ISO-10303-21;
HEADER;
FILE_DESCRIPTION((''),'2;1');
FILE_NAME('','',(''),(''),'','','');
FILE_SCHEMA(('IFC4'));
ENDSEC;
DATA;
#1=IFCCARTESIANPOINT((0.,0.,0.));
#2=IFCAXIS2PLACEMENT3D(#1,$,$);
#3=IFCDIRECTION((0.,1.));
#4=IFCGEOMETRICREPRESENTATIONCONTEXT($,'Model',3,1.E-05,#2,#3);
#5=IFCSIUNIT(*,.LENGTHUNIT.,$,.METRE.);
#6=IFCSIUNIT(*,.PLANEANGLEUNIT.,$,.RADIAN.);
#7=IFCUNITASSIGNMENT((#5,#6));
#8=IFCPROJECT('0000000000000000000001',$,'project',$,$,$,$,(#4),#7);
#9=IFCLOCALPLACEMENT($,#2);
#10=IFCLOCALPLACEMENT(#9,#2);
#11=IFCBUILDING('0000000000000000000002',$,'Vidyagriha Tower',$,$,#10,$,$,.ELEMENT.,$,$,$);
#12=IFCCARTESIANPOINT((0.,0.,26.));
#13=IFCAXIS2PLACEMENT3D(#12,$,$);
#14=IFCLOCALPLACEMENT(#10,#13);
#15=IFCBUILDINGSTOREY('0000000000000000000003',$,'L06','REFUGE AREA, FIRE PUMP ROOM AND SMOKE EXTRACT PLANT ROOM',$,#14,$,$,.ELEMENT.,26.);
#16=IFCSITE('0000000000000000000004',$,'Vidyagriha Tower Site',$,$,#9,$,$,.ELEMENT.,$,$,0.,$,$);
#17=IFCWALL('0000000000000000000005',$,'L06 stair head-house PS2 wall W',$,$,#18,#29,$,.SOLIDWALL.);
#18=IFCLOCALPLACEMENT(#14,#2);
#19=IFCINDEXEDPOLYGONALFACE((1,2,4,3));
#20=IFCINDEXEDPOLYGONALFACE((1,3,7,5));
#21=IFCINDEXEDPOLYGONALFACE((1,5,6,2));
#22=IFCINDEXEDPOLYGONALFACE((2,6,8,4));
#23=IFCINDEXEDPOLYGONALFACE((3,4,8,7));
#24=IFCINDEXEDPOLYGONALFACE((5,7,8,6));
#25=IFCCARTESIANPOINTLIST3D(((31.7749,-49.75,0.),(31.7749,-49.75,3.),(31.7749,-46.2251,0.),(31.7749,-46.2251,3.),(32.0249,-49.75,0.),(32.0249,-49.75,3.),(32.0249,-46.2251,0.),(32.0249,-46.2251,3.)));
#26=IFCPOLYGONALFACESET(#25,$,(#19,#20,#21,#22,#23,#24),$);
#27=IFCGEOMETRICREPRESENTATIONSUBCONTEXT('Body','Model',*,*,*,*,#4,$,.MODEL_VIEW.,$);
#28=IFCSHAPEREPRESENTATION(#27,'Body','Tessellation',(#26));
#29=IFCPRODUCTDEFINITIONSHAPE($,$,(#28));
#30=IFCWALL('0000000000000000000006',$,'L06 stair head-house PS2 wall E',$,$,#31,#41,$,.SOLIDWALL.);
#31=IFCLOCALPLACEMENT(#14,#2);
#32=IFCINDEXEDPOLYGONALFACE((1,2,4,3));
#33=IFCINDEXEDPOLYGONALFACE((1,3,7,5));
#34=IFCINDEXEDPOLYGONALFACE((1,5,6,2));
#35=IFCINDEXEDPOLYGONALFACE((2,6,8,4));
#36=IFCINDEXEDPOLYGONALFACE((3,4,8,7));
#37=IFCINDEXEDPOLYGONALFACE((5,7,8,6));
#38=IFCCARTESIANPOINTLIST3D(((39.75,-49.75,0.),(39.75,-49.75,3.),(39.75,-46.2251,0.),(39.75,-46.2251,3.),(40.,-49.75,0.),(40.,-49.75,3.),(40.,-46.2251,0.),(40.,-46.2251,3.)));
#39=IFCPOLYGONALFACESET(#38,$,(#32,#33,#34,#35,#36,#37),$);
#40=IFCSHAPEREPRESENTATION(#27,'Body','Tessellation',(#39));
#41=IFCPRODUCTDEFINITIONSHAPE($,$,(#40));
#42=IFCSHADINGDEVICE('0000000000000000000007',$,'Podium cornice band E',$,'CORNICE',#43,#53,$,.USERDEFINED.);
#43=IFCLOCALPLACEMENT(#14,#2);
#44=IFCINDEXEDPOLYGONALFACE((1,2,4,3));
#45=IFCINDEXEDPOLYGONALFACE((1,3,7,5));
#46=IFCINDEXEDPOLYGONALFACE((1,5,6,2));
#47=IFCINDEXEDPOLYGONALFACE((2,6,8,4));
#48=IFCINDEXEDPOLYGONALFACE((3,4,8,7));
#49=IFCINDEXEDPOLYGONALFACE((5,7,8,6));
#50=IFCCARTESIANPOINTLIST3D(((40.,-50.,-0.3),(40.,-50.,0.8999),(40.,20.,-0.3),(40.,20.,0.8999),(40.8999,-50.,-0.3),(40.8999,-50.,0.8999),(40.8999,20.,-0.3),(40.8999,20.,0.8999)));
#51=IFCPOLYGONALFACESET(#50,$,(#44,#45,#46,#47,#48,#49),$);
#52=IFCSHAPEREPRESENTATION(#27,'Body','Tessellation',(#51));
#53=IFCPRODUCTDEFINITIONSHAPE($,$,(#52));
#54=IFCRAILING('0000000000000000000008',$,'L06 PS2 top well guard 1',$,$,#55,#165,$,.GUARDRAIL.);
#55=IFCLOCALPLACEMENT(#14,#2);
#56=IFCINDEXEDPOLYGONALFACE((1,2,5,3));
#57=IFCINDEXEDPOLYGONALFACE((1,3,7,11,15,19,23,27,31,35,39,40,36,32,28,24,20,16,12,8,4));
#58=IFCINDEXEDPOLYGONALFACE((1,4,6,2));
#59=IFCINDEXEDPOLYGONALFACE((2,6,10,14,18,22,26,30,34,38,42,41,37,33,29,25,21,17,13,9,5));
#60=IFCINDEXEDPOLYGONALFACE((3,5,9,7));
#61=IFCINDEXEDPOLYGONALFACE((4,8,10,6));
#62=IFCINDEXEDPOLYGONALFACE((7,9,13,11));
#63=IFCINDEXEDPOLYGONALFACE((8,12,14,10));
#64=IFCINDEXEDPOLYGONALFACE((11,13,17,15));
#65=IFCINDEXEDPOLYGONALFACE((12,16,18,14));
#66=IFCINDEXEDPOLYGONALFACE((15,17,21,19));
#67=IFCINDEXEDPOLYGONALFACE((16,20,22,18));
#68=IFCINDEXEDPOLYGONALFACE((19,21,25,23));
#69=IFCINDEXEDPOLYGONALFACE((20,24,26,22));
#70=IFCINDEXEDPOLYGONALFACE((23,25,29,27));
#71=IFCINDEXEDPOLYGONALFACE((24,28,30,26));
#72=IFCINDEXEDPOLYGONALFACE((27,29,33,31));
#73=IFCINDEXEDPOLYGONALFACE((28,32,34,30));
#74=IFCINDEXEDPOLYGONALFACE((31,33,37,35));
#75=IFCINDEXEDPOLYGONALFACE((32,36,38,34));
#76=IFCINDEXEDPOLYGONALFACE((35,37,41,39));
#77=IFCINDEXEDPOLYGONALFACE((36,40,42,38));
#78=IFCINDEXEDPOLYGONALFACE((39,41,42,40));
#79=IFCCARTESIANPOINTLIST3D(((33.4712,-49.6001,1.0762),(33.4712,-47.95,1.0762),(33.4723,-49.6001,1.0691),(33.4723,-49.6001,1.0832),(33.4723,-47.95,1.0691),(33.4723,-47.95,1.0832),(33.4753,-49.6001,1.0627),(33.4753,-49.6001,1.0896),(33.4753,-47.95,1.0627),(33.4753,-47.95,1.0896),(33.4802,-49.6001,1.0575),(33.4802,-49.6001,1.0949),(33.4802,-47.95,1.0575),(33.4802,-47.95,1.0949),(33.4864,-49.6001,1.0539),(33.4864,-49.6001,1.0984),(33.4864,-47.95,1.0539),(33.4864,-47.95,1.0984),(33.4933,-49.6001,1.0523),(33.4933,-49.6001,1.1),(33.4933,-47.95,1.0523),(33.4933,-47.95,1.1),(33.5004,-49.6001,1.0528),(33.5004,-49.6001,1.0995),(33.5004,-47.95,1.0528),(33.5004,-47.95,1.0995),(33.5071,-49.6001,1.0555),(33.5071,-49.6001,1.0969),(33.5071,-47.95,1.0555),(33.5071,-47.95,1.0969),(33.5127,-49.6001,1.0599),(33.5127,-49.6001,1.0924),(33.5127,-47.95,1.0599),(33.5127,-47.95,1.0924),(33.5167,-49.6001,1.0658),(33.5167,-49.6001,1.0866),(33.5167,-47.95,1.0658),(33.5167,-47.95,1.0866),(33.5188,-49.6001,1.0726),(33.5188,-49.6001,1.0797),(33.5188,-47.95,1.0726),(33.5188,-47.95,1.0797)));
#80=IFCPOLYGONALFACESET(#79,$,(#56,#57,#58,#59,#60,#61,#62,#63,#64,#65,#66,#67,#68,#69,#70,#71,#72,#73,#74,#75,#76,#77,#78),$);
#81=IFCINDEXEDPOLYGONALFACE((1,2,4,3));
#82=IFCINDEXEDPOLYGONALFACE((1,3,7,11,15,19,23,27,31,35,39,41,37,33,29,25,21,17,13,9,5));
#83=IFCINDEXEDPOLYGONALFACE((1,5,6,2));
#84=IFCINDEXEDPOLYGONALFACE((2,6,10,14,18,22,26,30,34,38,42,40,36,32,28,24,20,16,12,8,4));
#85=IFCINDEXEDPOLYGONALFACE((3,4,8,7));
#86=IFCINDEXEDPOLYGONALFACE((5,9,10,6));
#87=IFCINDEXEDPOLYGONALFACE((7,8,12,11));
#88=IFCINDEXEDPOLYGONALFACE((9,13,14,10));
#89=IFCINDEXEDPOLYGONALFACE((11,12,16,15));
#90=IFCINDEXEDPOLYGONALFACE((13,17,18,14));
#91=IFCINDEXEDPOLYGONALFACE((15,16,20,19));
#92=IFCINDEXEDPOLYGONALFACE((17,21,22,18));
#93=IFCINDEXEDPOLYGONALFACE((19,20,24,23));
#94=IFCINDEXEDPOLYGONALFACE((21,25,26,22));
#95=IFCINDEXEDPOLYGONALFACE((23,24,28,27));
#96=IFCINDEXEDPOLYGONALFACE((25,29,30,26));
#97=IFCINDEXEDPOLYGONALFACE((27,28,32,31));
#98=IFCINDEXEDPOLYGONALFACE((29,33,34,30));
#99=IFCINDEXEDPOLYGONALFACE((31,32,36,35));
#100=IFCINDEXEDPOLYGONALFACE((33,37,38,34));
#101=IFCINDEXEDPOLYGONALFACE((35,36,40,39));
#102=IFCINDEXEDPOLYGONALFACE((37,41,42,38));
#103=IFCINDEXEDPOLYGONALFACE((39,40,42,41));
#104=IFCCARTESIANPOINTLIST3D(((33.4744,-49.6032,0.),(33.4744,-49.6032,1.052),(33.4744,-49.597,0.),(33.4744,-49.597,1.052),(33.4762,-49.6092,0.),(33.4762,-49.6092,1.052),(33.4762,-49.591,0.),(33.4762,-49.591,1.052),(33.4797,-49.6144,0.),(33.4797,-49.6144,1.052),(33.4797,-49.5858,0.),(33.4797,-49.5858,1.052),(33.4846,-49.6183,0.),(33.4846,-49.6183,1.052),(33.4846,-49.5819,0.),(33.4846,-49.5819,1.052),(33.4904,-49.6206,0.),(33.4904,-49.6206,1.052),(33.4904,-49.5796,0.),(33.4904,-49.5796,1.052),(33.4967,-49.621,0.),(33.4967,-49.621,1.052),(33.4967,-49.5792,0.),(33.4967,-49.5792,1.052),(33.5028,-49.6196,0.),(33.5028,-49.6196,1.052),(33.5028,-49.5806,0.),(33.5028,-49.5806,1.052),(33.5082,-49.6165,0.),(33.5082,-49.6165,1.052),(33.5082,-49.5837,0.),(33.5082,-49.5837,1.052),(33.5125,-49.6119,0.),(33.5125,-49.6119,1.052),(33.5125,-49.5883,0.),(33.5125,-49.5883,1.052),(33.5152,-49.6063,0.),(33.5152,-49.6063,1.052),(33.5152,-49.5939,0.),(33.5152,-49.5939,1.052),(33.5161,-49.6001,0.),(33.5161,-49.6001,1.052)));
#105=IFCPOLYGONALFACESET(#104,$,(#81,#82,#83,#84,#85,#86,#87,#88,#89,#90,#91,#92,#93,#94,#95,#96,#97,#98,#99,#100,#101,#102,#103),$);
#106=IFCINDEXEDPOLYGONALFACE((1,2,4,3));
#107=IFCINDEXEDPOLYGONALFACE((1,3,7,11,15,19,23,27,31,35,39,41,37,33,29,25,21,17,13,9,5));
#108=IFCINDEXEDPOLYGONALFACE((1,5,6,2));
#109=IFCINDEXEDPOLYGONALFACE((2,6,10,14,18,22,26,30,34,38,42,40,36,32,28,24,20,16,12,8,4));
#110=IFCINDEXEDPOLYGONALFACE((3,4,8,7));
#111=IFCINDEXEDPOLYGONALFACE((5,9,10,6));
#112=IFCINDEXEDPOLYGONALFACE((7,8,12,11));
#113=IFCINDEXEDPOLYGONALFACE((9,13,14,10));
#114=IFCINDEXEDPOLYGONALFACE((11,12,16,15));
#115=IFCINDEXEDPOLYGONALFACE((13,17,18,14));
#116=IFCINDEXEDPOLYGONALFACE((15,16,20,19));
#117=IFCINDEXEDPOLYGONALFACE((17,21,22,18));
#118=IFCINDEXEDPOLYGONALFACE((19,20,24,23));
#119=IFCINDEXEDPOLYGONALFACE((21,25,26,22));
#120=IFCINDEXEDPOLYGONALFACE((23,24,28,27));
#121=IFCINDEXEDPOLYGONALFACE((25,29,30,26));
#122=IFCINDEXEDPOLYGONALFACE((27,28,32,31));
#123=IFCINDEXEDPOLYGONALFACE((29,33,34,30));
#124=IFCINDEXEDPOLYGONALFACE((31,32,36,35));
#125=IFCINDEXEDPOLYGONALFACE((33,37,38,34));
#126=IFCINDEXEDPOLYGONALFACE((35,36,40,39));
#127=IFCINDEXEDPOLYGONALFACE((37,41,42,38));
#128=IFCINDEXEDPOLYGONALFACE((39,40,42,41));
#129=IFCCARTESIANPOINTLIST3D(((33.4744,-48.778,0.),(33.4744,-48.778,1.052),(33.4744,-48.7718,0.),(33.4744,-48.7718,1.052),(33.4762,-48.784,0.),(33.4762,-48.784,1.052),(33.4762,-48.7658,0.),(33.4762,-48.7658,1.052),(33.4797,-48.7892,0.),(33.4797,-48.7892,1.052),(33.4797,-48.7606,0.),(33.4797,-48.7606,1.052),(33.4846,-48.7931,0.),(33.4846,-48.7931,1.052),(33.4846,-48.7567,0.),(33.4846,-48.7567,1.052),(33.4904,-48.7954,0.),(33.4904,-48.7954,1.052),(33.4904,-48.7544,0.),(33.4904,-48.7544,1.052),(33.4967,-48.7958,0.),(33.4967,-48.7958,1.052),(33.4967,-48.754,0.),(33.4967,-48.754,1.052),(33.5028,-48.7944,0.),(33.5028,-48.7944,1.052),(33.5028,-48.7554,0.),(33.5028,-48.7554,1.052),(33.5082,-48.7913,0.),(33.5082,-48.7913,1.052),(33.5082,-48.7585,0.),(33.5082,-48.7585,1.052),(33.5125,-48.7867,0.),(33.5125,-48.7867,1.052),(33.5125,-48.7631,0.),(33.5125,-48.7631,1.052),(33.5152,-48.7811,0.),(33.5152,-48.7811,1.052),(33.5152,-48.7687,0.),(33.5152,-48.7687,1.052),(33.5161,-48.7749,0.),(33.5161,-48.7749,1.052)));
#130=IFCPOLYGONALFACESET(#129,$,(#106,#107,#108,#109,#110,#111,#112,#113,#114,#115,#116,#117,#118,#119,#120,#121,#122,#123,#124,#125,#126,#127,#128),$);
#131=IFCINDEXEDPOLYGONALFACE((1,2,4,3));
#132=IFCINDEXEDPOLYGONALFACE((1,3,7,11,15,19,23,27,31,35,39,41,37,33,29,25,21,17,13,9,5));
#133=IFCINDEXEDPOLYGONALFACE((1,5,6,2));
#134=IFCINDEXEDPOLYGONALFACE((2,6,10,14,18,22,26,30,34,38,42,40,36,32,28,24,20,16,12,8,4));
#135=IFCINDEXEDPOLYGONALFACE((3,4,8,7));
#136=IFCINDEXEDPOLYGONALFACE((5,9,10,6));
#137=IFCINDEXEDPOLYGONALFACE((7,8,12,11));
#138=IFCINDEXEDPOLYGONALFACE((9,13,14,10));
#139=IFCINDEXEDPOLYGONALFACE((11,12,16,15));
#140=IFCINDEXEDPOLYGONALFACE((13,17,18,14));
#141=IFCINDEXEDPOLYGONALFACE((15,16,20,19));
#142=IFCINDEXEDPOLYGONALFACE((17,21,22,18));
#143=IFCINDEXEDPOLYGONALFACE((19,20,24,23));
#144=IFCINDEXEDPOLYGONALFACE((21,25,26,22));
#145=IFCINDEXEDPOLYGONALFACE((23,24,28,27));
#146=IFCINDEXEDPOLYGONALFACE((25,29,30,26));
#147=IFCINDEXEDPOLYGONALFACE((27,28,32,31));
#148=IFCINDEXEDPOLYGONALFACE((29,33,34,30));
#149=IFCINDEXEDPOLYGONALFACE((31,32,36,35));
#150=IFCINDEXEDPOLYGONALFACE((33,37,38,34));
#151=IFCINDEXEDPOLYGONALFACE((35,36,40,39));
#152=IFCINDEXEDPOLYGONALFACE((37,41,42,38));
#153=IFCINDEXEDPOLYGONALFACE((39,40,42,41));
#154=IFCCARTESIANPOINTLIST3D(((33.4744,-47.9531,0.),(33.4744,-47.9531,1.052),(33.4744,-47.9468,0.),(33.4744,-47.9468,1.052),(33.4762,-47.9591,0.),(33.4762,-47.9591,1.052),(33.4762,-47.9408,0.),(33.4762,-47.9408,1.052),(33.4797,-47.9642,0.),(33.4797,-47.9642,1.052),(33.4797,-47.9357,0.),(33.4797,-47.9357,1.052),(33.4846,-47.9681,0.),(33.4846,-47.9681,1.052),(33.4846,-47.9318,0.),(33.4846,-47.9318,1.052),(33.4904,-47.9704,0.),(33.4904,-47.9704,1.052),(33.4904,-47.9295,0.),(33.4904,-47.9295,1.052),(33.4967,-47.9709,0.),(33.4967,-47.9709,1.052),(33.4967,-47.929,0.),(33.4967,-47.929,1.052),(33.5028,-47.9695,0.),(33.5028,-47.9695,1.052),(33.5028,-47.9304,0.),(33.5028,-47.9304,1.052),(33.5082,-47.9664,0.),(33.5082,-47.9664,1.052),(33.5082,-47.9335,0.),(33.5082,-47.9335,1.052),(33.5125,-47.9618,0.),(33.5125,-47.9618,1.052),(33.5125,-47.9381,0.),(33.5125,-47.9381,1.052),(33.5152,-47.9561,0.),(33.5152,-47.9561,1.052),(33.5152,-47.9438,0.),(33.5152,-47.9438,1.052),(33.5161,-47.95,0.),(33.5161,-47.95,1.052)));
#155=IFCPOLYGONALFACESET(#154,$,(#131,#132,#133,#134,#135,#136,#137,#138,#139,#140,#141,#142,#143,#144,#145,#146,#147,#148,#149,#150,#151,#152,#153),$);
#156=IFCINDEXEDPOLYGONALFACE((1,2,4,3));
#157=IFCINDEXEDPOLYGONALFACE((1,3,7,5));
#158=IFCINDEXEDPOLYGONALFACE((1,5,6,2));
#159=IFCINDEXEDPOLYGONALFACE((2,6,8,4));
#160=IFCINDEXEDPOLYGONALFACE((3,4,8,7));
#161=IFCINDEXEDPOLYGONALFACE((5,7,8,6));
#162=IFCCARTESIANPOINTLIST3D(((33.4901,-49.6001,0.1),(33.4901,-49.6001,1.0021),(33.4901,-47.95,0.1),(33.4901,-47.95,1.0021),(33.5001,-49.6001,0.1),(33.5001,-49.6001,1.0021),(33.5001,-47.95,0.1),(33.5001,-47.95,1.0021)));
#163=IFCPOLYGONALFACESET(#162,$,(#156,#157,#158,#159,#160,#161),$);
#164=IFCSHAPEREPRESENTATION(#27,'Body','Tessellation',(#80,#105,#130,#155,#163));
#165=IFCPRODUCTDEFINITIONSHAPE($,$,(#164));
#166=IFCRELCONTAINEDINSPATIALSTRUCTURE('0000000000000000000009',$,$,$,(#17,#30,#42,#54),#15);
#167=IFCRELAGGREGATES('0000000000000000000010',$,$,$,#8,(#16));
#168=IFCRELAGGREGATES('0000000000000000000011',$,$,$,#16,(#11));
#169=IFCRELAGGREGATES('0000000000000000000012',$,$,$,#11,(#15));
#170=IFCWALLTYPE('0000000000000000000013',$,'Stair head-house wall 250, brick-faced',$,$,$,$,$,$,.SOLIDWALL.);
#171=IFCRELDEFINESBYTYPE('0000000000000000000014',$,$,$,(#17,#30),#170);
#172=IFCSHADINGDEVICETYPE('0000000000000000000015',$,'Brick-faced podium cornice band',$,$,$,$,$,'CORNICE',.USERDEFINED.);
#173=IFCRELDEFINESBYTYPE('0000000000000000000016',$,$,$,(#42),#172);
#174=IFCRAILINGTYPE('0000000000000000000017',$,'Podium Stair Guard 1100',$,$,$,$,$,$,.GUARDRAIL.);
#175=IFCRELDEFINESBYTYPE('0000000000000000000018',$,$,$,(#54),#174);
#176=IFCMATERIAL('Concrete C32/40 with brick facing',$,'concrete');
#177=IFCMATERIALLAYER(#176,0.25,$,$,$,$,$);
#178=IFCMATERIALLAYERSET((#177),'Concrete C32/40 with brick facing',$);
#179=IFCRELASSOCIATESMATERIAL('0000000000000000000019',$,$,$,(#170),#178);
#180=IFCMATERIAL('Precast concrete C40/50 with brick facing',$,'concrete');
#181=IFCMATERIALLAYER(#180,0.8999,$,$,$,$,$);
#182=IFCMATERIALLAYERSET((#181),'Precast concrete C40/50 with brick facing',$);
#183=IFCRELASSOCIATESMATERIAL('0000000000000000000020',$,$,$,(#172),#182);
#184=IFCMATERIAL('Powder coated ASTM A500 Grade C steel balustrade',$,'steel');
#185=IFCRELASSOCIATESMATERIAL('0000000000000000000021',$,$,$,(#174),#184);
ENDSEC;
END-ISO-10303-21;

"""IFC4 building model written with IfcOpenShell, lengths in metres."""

from ifc_helpers import new_model, si_unit, direction, frame, frame_2d, origin, origin_2d, place, context, subcontext, project, spatial, rectangle, circle, extrude, material, layer, layer_set, type_object, element, save


model = new_model("IFC4")

# Units and contexts
model_context = context("Model", 3, precision=1e-05, world=origin(), true_north=direction((0.0, 1.0)))
body_context = subcontext(model_context, "Body", "Model", "MODEL_VIEW")
ifc_project = project(units=[si_unit("LENGTHUNIT", "METRE"), si_unit("PLANEANGLEUNIT", "RADIAN")], contexts=[model_context])

# Site, building, storey
site_placement = place(None, origin())
site = spatial("IfcSite", under=ifc_project, at=site_placement, Name="Vidyagriha Tower Site", CompositionType="ELEMENT", RefElevation=0.0)
building_placement = place(site_placement, origin())
building = spatial("IfcBuilding", under=site, at=building_placement, Name="Vidyagriha Tower", CompositionType="ELEMENT")
storey_placement = place(building_placement, frame((0.0, 0.0, 26.0)))
storey = spatial("IfcBuildingStorey", under=building, at=storey_placement, Name="L06", Description="REFUGE AREA, FIRE PUMP ROOM AND SMOKE EXTRACT PLANT ROOM", CompositionType="ELEMENT", Elevation=26.0)

# Shared definitions
ifc_material_1 = material(Name="Concrete C32/40 with brick facing", Category="concrete")
ifc_layer_1 = layer(ifc_material_1, 0.25)
ifc_layer_set_1 = layer_set([ifc_layer_1], Name="Concrete C32/40 with brick facing")
wall_type_1 = type_object("IfcWallType", Name="Stair head-house wall 250, brick-faced", PredefinedType="SOLIDWALL", material=ifc_layer_set_1)

# Walls
for number, where, z_axis, x_axis, name in (
    (1, (31.8999, -49.75, 0.0), (0.0, 0.0, 1.0), (0.0, 1.0, 0.0), "L06 stair head-house PS2 wall W"),
    (2, (39.875, -49.75, 0.0), (0.0, 0.0, 1.0), (0.0, 1.0, 0.0), "L06 stair head-house PS2 wall E"),
):
    element("IfcWall", number, at=place(storey_placement, frame(where, z_axis=z_axis, x_axis=x_axis)), inside=storey, type_object=wall_type_1, Name=name, PredefinedType="SOLIDWALL", context=body_context, shape_type="SweptSolid", body=[
        extrude(rectangle(XDim=3.5249, YDim=0.25, at=frame_2d((1.7625, 0.0))), origin(), (0.0, 0.0, 1.0), 3.0),
    ])

# Shading device
ifc_material_2 = material(Name="Precast concrete C40/50 with brick facing", Category="concrete")
ifc_layer_2 = layer(ifc_material_2, 0.8999)
ifc_layer_set_2 = layer_set([ifc_layer_2], Name="Precast concrete C40/50 with brick facing")
shading_device_type = type_object("IfcShadingDeviceType", Name="Brick-faced podium cornice band", ElementType="CORNICE", PredefinedType="USERDEFINED", material=ifc_layer_set_2)
shading_device_placement = place(storey_placement, frame((40.45, -50.0, -0.3), z_axis=(0.0, 0.0, 1.0), x_axis=(0.0, 1.0, 0.0)))
element("IfcShadingDevice", 3, at=shading_device_placement, inside=storey, type_object=shading_device_type, Name="Podium cornice band E", ObjectType="CORNICE", PredefinedType="USERDEFINED", context=body_context, shape_type="SweptSolid", body=[
    extrude(rectangle(XDim=70.0, YDim=0.8999, at=frame_2d((35.0, 0.0))), origin(), (0.0, 0.0, 1.0), 1.2),
])

# Railing
ifc_material_3 = material(Name="Powder coated ASTM A500 Grade C steel balustrade", Category="steel")
railing_type = type_object("IfcRailingType", Name="Podium Stair Guard 1100", PredefinedType="GUARDRAIL", material=ifc_material_3)
railing_placement = place(storey_placement, frame((33.4951, -49.6001, 0.0)))
element("IfcRailing", 4, at=railing_placement, inside=storey, type_object=railing_type, Name="L06 PS2 top well guard 1", PredefinedType="GUARDRAIL", context=body_context, shape_type="SweptSolid", body=[
    extrude(circle(Radius=0.0239, at=origin_2d()), frame((0.0, 0.0, 1.0762), z_axis=(0.0, 1.0, 0.0), x_axis=(-1.0, 0.0, 0.0)), (0.0, 0.0, 1.0), 1.6501),
    extrude(circle(Radius=0.021, at=origin_2d()), origin(), (0.0, 0.0, 1.0), 1.052),
    extrude(circle(Radius=0.021, at=origin_2d()), frame((0.0, 0.8252, 0.0)), (0.0, 0.0, 1.0), 1.052),
    extrude(circle(Radius=0.021, at=origin_2d()), frame((0.0, 1.6501, 0.0)), (0.0, 0.0, 1.0), 1.052),
    extrude(rectangle(XDim=0.01, YDim=0.9021, at=origin_2d()), frame((0.0, 0.0, 0.551), z_axis=(0.0, 1.0, 0.0), x_axis=(-1.0, 0.0, 0.0)), (0.0, 0.0, 1.0), 1.6501),
])

save(model, "model.ifc")
